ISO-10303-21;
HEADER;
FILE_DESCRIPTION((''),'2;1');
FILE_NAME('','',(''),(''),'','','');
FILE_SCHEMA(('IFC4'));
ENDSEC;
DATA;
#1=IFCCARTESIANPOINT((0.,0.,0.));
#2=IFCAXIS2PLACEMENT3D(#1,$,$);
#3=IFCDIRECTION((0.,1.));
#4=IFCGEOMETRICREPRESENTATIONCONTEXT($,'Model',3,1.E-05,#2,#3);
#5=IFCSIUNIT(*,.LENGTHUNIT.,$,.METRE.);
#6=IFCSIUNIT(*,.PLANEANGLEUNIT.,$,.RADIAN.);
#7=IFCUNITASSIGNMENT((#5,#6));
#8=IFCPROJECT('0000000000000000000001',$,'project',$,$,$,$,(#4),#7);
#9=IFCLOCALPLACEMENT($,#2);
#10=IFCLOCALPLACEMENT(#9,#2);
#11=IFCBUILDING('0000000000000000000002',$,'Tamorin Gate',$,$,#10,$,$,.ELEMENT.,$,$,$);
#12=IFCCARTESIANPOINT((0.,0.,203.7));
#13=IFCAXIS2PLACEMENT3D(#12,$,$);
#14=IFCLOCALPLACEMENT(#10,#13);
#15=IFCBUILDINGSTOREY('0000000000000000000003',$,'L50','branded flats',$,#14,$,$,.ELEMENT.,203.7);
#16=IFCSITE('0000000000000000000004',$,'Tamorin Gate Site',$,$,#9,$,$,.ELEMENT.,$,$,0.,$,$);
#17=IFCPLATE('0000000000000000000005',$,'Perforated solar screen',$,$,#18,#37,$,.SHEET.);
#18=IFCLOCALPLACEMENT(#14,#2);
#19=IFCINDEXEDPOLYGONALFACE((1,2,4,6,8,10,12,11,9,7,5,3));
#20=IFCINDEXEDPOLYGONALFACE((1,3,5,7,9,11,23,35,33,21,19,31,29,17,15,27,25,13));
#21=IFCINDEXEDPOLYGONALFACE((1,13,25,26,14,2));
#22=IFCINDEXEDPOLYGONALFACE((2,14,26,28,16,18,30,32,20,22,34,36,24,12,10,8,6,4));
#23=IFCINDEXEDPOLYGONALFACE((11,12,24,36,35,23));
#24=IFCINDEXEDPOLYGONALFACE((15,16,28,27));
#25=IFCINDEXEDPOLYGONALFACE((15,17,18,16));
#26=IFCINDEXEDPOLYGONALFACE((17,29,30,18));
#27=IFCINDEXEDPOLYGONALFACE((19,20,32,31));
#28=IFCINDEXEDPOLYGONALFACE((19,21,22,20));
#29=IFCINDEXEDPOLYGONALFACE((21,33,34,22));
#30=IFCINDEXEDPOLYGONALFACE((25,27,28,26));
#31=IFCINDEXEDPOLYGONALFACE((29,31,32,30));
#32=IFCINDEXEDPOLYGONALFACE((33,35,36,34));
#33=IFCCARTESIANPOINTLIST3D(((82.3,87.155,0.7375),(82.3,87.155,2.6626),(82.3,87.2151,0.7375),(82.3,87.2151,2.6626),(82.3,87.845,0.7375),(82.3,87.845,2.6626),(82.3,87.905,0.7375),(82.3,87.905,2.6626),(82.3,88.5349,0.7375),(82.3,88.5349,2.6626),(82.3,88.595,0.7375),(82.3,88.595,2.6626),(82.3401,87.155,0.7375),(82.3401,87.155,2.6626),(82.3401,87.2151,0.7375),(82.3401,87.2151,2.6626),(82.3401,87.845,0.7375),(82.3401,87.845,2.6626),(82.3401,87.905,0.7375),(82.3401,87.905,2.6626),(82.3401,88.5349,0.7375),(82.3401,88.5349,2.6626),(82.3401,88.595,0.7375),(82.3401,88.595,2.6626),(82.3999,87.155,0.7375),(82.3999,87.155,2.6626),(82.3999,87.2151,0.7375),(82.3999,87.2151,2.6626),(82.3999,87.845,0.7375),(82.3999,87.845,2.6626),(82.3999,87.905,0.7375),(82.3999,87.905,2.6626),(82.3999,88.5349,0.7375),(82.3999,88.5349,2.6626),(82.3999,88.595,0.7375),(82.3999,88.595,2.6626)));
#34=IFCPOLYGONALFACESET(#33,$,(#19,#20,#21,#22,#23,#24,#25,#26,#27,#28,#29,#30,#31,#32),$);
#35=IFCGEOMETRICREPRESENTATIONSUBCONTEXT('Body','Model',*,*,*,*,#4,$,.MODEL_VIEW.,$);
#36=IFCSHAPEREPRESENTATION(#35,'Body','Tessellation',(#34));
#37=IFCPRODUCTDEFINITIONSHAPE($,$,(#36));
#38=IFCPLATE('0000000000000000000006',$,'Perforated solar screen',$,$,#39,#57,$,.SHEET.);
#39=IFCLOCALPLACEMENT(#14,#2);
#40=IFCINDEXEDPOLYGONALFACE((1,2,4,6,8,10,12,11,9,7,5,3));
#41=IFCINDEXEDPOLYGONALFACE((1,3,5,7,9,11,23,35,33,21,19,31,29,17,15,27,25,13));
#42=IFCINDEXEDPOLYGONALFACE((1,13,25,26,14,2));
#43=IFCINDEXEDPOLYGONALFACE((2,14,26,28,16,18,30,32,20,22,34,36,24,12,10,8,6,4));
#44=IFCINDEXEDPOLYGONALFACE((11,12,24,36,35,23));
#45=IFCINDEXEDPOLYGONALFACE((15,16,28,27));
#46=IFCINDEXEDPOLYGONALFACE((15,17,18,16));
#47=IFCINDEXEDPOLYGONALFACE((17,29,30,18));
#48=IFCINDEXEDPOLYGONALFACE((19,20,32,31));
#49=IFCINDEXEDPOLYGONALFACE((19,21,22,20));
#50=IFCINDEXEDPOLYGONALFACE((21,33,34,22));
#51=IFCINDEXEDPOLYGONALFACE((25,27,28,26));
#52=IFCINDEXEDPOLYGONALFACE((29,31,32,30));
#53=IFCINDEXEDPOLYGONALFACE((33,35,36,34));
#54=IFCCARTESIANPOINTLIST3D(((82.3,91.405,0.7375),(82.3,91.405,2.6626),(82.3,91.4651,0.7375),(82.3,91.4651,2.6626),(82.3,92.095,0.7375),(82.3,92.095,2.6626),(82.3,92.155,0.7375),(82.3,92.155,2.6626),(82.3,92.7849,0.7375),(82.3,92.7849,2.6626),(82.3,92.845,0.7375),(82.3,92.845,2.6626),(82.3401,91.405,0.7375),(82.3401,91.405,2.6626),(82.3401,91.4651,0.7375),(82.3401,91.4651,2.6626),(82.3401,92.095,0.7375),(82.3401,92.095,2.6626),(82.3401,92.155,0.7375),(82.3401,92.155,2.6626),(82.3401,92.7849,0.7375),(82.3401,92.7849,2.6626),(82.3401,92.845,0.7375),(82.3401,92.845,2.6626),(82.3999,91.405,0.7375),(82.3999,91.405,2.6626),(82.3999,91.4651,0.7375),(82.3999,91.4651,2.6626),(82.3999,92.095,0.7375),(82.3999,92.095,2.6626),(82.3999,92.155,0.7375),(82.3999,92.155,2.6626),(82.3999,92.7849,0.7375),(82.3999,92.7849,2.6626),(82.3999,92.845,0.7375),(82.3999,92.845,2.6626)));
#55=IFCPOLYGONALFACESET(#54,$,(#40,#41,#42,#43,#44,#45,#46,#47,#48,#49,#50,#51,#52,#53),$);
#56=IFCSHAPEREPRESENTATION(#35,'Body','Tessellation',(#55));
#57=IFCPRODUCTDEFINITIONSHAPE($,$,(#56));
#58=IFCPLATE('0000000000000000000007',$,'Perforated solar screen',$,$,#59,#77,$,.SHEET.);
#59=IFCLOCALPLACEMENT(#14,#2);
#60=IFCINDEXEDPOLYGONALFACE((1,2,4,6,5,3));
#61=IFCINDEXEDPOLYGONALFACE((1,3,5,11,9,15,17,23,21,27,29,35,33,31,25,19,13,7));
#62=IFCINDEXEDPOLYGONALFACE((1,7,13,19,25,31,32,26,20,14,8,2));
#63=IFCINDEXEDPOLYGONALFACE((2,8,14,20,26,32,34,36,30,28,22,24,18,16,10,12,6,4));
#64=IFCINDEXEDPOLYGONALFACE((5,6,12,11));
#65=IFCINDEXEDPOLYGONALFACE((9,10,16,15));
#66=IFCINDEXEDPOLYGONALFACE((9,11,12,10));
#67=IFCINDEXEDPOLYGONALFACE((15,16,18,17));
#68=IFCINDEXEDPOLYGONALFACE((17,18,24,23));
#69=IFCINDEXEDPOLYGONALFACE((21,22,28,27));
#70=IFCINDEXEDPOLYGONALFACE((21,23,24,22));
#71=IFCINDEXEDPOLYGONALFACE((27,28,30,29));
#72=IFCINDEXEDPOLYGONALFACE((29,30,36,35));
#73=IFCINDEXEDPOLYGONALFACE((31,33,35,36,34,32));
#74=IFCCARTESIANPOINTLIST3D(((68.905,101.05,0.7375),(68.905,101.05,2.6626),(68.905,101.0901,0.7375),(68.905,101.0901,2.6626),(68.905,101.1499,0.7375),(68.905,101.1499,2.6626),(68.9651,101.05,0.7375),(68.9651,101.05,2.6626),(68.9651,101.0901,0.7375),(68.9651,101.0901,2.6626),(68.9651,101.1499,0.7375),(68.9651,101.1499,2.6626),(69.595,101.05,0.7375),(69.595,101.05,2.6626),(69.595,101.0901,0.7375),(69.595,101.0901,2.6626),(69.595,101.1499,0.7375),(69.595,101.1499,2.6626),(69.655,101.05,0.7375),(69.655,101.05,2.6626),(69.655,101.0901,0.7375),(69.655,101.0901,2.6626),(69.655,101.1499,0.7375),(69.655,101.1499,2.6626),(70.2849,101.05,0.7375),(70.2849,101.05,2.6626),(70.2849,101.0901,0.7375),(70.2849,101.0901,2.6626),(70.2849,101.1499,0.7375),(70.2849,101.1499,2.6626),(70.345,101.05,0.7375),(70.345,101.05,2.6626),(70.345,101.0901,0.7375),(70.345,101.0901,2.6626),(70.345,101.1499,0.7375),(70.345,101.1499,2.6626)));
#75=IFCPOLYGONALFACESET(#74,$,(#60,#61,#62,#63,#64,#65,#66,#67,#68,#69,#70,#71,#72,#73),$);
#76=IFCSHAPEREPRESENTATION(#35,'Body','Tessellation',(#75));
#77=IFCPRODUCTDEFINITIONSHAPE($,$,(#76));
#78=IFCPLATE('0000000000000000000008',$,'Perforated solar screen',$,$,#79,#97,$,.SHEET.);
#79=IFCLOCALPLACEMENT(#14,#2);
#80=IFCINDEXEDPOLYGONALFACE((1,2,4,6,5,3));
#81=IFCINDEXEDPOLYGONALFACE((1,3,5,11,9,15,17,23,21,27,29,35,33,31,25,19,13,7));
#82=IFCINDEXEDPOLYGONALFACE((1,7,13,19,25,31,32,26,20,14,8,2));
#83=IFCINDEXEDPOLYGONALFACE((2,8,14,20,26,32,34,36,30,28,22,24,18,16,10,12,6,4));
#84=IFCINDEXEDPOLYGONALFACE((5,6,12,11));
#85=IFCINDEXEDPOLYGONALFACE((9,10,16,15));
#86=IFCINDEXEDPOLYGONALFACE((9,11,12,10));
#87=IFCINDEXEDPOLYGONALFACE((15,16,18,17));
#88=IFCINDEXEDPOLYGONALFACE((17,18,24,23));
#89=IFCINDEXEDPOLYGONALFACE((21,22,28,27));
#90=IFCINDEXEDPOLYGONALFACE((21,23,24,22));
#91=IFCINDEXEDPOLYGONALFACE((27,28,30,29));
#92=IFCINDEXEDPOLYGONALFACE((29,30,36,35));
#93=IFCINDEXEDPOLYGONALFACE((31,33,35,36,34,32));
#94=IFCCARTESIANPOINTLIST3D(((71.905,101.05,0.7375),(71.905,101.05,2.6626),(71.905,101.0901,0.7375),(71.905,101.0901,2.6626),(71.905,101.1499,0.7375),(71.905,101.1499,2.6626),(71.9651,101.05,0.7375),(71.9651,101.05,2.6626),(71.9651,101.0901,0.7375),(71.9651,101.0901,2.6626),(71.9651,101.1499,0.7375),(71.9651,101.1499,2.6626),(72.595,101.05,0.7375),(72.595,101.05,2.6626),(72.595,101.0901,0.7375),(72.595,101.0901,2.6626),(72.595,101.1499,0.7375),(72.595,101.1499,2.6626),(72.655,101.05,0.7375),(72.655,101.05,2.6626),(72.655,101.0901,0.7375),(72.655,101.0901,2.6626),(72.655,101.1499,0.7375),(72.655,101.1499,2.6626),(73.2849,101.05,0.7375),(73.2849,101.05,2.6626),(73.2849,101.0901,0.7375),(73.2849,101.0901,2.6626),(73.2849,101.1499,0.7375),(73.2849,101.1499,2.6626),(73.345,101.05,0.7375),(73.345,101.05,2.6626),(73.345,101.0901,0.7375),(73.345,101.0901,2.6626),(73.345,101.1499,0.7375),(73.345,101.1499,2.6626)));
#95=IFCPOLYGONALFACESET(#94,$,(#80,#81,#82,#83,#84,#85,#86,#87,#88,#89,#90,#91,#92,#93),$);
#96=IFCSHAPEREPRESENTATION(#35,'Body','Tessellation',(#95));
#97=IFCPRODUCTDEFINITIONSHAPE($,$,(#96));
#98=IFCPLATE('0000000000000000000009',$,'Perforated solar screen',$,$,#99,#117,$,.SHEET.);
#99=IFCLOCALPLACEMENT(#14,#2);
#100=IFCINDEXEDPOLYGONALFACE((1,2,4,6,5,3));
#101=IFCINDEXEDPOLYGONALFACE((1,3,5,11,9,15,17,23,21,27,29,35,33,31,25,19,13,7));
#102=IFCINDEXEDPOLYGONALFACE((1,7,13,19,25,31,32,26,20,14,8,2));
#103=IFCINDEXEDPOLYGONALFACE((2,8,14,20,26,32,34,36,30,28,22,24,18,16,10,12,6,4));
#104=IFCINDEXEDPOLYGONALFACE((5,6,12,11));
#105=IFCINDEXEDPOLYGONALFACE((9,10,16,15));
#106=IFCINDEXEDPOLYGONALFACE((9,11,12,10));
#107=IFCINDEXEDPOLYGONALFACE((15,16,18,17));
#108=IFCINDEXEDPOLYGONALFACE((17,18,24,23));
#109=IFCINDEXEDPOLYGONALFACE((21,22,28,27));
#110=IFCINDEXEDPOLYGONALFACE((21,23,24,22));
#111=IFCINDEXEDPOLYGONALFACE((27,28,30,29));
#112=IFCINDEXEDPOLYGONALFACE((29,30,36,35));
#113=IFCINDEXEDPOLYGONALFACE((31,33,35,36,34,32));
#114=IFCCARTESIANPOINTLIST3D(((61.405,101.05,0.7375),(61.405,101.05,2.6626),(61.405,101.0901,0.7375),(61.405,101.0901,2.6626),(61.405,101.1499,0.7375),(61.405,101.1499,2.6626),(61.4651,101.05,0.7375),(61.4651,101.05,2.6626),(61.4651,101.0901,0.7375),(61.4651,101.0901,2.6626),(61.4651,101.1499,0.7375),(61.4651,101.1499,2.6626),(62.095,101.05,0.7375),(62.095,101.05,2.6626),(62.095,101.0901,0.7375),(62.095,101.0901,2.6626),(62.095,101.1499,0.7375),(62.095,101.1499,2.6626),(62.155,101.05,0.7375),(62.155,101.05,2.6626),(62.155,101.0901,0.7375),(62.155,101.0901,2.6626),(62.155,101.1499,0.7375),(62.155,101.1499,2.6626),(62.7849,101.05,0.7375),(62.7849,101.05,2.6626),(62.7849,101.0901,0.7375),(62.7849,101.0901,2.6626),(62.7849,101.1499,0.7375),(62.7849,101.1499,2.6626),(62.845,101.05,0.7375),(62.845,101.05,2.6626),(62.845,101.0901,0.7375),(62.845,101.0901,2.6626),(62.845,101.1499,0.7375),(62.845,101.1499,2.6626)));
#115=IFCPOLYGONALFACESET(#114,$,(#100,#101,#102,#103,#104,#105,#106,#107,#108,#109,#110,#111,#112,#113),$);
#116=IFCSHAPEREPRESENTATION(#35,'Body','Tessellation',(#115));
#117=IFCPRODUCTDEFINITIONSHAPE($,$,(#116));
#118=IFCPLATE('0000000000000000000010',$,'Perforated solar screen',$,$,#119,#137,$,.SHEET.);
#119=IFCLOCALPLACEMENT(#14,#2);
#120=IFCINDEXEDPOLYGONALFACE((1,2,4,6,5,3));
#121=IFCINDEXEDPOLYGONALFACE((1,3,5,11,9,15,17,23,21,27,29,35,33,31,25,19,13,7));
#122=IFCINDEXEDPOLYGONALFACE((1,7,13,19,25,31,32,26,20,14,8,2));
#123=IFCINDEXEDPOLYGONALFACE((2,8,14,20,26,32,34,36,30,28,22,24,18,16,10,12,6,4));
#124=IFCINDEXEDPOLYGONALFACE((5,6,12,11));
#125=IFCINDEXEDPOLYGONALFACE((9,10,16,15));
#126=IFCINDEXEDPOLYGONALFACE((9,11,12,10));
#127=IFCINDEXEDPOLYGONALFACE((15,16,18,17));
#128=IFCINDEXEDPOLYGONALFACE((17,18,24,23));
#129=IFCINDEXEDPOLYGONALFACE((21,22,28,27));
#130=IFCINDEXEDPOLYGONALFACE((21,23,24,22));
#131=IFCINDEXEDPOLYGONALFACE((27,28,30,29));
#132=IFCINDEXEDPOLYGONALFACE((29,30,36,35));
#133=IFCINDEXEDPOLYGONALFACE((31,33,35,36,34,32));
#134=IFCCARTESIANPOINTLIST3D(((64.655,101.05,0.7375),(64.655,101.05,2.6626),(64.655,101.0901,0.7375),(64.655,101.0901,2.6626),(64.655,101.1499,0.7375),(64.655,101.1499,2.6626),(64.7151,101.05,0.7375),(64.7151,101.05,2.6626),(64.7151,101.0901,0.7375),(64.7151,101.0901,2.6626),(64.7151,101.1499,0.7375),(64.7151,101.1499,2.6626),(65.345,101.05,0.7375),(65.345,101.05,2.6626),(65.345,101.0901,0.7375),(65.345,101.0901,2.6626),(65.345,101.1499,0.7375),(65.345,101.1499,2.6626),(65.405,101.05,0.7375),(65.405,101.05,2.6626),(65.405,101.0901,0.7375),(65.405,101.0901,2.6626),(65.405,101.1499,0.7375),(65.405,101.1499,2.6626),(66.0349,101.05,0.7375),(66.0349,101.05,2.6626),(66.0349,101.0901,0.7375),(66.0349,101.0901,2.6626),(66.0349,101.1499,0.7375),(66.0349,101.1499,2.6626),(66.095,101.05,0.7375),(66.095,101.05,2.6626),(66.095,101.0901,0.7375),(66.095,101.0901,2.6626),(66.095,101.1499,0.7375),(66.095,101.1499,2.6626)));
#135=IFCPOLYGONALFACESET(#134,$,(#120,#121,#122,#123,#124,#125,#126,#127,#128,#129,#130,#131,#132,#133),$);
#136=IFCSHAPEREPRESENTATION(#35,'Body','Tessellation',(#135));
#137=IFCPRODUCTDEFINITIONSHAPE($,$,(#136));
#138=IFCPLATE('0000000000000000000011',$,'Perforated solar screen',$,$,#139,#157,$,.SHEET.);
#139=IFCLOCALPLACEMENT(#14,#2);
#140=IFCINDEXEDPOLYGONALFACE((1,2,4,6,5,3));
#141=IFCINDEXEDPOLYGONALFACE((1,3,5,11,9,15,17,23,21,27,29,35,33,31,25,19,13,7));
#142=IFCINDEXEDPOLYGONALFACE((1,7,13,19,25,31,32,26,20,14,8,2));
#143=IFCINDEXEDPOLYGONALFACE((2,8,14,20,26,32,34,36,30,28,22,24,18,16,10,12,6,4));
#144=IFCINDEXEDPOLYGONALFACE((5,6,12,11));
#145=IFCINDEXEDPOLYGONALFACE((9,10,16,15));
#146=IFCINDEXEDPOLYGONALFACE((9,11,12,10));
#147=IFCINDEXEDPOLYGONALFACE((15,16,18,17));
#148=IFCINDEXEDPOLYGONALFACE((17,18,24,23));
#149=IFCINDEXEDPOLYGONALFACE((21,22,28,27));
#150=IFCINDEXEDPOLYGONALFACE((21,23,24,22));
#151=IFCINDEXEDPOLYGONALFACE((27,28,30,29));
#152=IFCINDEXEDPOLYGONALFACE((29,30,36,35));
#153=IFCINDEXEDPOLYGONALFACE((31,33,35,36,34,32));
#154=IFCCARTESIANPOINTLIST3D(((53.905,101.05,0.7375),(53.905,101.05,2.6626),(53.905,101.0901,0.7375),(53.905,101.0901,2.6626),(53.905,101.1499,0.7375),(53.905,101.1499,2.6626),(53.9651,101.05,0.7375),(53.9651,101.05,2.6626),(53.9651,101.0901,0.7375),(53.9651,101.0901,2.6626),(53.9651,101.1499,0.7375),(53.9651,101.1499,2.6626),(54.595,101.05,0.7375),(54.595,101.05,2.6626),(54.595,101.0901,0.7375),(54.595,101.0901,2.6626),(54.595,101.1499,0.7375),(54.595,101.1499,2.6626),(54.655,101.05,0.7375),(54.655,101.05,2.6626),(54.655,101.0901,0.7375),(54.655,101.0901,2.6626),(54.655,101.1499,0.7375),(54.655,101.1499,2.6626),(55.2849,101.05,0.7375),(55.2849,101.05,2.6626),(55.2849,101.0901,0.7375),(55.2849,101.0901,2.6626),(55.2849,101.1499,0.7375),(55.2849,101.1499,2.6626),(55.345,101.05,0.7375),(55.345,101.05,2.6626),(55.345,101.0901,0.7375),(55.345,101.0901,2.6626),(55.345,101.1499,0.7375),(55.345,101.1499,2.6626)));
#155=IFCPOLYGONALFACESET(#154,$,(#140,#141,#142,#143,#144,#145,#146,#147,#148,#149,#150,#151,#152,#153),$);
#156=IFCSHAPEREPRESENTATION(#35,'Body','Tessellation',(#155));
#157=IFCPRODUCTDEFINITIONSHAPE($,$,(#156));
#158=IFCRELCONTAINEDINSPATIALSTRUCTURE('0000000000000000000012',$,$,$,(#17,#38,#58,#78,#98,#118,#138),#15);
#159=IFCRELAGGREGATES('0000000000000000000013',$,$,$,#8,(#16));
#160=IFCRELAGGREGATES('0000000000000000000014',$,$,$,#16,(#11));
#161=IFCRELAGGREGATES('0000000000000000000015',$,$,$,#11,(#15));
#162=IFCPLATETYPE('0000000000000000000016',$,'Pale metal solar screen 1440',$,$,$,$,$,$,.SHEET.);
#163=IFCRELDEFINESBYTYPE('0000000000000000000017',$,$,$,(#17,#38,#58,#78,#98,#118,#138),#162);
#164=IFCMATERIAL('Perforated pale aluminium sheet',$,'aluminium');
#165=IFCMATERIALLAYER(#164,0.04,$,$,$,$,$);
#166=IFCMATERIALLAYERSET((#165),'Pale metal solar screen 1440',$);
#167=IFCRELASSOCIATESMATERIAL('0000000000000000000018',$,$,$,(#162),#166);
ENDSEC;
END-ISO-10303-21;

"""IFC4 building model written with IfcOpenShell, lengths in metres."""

from ifc_helpers import new_model, si_unit, direction, frame, origin, place, context, subcontext, project, spatial, polyline, outline, extrude, material, layer, layer_set, type_object, element, save


model = new_model("IFC4")

# Units and contexts
model_context = context("Model", 3, precision=1e-05, world=origin(), true_north=direction((0.0, 1.0)))
body_context = subcontext(model_context, "Body", "Model", "MODEL_VIEW")
ifc_project = project(units=[si_unit("LENGTHUNIT", "METRE"), si_unit("PLANEANGLEUNIT", "RADIAN")], contexts=[model_context])

# Site, building, storey
site_placement = place(None, origin())
site = spatial("IfcSite", under=ifc_project, at=site_placement, Name="Tamorin Gate Site", CompositionType="ELEMENT", RefElevation=0.0)
building_placement = place(site_placement, origin())
building = spatial("IfcBuilding", under=site, at=building_placement, Name="Tamorin Gate", CompositionType="ELEMENT")
storey_placement = place(building_placement, frame((0.0, 0.0, 203.7)))
storey = spatial("IfcBuildingStorey", under=building, at=storey_placement, Name="L50", Description="branded flats", CompositionType="ELEMENT", Elevation=203.7)

# Plates
ifc_material_1 = material(Name="Perforated pale aluminium sheet", Category="aluminium")
ifc_layer_1 = layer(ifc_material_1, 0.04)
ifc_layer_set_1 = layer_set([ifc_layer_1], Name="Pale metal solar screen 1440")
plate_type_1 = type_object("IfcPlateType", Name="Pale metal solar screen 1440", PredefinedType="SHEET", material=ifc_layer_set_1)
plate_1_placement = place(storey_placement, frame((0.0, 0.0, 0.7375)))
element("IfcPlate", 1, at=plate_1_placement, inside=storey, type_object=plate_type_1, Name="Perforated solar screen", PredefinedType="SHEET", context=body_context, shape_type="SweptSolid", body=[
    extrude(outline(polyline([(82.3401, 87.155), (82.3, 87.155), (82.3, 87.2151), (82.3, 87.845), (82.3, 87.905), (82.3, 88.5349), (82.3, 88.595), (82.3401, 88.595), (82.3999, 88.595), (82.3999, 88.5349), (82.3401, 88.5349), (82.3401, 87.905), (82.3999, 87.905), (82.3999, 87.845), (82.3401, 87.845), (82.3401, 87.2151), (82.3999, 87.2151), (82.3999, 87.155), (82.3401, 87.155)])), origin(), (0.0, 0.0, 1.0), 1.925),
])
plate_2_placement = place(storey_placement, frame((0.0, 0.0, 0.7375)))
element("IfcPlate", 2, at=plate_2_placement, inside=storey, type_object=plate_type_1, Name="Perforated solar screen", PredefinedType="SHEET", context=body_context, shape_type="SweptSolid", body=[
    extrude(outline(polyline([(82.3401, 91.405), (82.3, 91.405), (82.3, 91.4651), (82.3, 92.095), (82.3, 92.155), (82.3, 92.7849), (82.3, 92.845), (82.3401, 92.845), (82.3999, 92.845), (82.3999, 92.7849), (82.3401, 92.7849), (82.3401, 92.155), (82.3999, 92.155), (82.3999, 92.095), (82.3401, 92.095), (82.3401, 91.4651), (82.3999, 91.4651), (82.3999, 91.405), (82.3401, 91.405)])), origin(), (0.0, 0.0, 1.0), 1.925),
])
plate_3_placement = place(storey_placement, frame((0.0, 0.0, 0.7375)))
element("IfcPlate", 3, at=plate_3_placement, inside=storey, type_object=plate_type_1, Name="Perforated solar screen", PredefinedType="SHEET", context=body_context, shape_type="SweptSolid", body=[
    extrude(outline(polyline([(70.345, 101.0901), (70.345, 101.05), (70.2849, 101.05), (69.655, 101.05), (69.595, 101.05), (68.9651, 101.05), (68.905, 101.05), (68.905, 101.0901), (68.905, 101.1499), (68.9651, 101.1499), (68.9651, 101.0901), (69.595, 101.0901), (69.595, 101.1499), (69.655, 101.1499), (69.655, 101.0901), (70.2849, 101.0901), (70.2849, 101.1499), (70.345, 101.1499), (70.345, 101.0901)])), origin(), (0.0, 0.0, 1.0), 1.925),
])
plate_4_placement = place(storey_placement, frame((0.0, 0.0, 0.7375)))
element("IfcPlate", 4, at=plate_4_placement, inside=storey, type_object=plate_type_1, Name="Perforated solar screen", PredefinedType="SHEET", context=body_context, shape_type="SweptSolid", body=[
    extrude(outline(polyline([(73.345, 101.0901), (73.345, 101.05), (73.2849, 101.05), (72.655, 101.05), (72.595, 101.05), (71.9651, 101.05), (71.905, 101.05), (71.905, 101.05), (71.905, 101.0901), (71.905, 101.0901), (71.905, 101.1499), (71.9651, 101.1499), (71.9651, 101.0901), (72.595, 101.0901), (72.595, 101.1499), (72.655, 101.1499), (72.655, 101.0901), (73.2849, 101.0901), (73.2849, 101.1499), (73.345, 101.1499), (73.345, 101.0901)])), origin(), (0.0, 0.0, 1.0), 1.925),
])
plate_5_placement = place(storey_placement, frame((0.0, 0.0, 0.7375)))
element("IfcPlate", 5, at=plate_5_placement, inside=storey, type_object=plate_type_1, Name="Perforated solar screen", PredefinedType="SHEET", context=body_context, shape_type="SweptSolid", body=[
    extrude(outline(polyline([(62.845, 101.0901), (62.845, 101.05), (62.7849, 101.05), (62.155, 101.05), (62.095, 101.05), (61.4651, 101.05), (61.405, 101.05), (61.405, 101.0901), (61.405, 101.1499), (61.4651, 101.1499), (61.4651, 101.0901), (62.095, 101.0901), (62.095, 101.1499), (62.155, 101.1499), (62.155, 101.0901), (62.7849, 101.0901), (62.7849, 101.1499), (62.845, 101.1499), (62.845, 101.0901)])), origin(), (0.0, 0.0, 1.0), 1.925),
])
plate_6_placement = place(storey_placement, frame((0.0, 0.0, 0.7375)))
element("IfcPlate", 6, at=plate_6_placement, inside=storey, type_object=plate_type_1, Name="Perforated solar screen", PredefinedType="SHEET", context=body_context, shape_type="SweptSolid", body=[
    extrude(outline(polyline([(66.095, 101.0901), (66.095, 101.05), (66.0349, 101.05), (65.405, 101.05), (65.345, 101.05), (64.7151, 101.05), (64.655, 101.05), (64.655, 101.0901), (64.655, 101.1499), (64.7151, 101.1499), (64.7151, 101.0901), (65.345, 101.0901), (65.345, 101.1499), (65.405, 101.1499), (65.405, 101.0901), (66.0349, 101.0901), (66.0349, 101.1499), (66.095, 101.1499), (66.095, 101.0901)])), origin(), (0.0, 0.0, 1.0), 1.925),
])
plate_7_placement = place(storey_placement, frame((0.0, 0.0, 0.7375)))
element("IfcPlate", 7, at=plate_7_placement, inside=storey, type_object=plate_type_1, Name="Perforated solar screen", PredefinedType="SHEET", context=body_context, shape_type="SweptSolid", body=[
    extrude(outline(polyline([(55.345, 101.0901), (55.345, 101.05), (55.2849, 101.05), (54.655, 101.05), (54.595, 101.05), (53.9651, 101.05), (53.905, 101.05), (53.905, 101.0901), (53.905, 101.1499), (53.9651, 101.1499), (53.9651, 101.0901), (54.595, 101.0901), (54.595, 101.1499), (54.655, 101.1499), (54.655, 101.0901), (55.2849, 101.0901), (55.2849, 101.1499), (55.345, 101.1499), (55.345, 101.0901)])), origin(), (0.0, 0.0, 1.0), 1.925),
])

save(model, "model.ifc")
